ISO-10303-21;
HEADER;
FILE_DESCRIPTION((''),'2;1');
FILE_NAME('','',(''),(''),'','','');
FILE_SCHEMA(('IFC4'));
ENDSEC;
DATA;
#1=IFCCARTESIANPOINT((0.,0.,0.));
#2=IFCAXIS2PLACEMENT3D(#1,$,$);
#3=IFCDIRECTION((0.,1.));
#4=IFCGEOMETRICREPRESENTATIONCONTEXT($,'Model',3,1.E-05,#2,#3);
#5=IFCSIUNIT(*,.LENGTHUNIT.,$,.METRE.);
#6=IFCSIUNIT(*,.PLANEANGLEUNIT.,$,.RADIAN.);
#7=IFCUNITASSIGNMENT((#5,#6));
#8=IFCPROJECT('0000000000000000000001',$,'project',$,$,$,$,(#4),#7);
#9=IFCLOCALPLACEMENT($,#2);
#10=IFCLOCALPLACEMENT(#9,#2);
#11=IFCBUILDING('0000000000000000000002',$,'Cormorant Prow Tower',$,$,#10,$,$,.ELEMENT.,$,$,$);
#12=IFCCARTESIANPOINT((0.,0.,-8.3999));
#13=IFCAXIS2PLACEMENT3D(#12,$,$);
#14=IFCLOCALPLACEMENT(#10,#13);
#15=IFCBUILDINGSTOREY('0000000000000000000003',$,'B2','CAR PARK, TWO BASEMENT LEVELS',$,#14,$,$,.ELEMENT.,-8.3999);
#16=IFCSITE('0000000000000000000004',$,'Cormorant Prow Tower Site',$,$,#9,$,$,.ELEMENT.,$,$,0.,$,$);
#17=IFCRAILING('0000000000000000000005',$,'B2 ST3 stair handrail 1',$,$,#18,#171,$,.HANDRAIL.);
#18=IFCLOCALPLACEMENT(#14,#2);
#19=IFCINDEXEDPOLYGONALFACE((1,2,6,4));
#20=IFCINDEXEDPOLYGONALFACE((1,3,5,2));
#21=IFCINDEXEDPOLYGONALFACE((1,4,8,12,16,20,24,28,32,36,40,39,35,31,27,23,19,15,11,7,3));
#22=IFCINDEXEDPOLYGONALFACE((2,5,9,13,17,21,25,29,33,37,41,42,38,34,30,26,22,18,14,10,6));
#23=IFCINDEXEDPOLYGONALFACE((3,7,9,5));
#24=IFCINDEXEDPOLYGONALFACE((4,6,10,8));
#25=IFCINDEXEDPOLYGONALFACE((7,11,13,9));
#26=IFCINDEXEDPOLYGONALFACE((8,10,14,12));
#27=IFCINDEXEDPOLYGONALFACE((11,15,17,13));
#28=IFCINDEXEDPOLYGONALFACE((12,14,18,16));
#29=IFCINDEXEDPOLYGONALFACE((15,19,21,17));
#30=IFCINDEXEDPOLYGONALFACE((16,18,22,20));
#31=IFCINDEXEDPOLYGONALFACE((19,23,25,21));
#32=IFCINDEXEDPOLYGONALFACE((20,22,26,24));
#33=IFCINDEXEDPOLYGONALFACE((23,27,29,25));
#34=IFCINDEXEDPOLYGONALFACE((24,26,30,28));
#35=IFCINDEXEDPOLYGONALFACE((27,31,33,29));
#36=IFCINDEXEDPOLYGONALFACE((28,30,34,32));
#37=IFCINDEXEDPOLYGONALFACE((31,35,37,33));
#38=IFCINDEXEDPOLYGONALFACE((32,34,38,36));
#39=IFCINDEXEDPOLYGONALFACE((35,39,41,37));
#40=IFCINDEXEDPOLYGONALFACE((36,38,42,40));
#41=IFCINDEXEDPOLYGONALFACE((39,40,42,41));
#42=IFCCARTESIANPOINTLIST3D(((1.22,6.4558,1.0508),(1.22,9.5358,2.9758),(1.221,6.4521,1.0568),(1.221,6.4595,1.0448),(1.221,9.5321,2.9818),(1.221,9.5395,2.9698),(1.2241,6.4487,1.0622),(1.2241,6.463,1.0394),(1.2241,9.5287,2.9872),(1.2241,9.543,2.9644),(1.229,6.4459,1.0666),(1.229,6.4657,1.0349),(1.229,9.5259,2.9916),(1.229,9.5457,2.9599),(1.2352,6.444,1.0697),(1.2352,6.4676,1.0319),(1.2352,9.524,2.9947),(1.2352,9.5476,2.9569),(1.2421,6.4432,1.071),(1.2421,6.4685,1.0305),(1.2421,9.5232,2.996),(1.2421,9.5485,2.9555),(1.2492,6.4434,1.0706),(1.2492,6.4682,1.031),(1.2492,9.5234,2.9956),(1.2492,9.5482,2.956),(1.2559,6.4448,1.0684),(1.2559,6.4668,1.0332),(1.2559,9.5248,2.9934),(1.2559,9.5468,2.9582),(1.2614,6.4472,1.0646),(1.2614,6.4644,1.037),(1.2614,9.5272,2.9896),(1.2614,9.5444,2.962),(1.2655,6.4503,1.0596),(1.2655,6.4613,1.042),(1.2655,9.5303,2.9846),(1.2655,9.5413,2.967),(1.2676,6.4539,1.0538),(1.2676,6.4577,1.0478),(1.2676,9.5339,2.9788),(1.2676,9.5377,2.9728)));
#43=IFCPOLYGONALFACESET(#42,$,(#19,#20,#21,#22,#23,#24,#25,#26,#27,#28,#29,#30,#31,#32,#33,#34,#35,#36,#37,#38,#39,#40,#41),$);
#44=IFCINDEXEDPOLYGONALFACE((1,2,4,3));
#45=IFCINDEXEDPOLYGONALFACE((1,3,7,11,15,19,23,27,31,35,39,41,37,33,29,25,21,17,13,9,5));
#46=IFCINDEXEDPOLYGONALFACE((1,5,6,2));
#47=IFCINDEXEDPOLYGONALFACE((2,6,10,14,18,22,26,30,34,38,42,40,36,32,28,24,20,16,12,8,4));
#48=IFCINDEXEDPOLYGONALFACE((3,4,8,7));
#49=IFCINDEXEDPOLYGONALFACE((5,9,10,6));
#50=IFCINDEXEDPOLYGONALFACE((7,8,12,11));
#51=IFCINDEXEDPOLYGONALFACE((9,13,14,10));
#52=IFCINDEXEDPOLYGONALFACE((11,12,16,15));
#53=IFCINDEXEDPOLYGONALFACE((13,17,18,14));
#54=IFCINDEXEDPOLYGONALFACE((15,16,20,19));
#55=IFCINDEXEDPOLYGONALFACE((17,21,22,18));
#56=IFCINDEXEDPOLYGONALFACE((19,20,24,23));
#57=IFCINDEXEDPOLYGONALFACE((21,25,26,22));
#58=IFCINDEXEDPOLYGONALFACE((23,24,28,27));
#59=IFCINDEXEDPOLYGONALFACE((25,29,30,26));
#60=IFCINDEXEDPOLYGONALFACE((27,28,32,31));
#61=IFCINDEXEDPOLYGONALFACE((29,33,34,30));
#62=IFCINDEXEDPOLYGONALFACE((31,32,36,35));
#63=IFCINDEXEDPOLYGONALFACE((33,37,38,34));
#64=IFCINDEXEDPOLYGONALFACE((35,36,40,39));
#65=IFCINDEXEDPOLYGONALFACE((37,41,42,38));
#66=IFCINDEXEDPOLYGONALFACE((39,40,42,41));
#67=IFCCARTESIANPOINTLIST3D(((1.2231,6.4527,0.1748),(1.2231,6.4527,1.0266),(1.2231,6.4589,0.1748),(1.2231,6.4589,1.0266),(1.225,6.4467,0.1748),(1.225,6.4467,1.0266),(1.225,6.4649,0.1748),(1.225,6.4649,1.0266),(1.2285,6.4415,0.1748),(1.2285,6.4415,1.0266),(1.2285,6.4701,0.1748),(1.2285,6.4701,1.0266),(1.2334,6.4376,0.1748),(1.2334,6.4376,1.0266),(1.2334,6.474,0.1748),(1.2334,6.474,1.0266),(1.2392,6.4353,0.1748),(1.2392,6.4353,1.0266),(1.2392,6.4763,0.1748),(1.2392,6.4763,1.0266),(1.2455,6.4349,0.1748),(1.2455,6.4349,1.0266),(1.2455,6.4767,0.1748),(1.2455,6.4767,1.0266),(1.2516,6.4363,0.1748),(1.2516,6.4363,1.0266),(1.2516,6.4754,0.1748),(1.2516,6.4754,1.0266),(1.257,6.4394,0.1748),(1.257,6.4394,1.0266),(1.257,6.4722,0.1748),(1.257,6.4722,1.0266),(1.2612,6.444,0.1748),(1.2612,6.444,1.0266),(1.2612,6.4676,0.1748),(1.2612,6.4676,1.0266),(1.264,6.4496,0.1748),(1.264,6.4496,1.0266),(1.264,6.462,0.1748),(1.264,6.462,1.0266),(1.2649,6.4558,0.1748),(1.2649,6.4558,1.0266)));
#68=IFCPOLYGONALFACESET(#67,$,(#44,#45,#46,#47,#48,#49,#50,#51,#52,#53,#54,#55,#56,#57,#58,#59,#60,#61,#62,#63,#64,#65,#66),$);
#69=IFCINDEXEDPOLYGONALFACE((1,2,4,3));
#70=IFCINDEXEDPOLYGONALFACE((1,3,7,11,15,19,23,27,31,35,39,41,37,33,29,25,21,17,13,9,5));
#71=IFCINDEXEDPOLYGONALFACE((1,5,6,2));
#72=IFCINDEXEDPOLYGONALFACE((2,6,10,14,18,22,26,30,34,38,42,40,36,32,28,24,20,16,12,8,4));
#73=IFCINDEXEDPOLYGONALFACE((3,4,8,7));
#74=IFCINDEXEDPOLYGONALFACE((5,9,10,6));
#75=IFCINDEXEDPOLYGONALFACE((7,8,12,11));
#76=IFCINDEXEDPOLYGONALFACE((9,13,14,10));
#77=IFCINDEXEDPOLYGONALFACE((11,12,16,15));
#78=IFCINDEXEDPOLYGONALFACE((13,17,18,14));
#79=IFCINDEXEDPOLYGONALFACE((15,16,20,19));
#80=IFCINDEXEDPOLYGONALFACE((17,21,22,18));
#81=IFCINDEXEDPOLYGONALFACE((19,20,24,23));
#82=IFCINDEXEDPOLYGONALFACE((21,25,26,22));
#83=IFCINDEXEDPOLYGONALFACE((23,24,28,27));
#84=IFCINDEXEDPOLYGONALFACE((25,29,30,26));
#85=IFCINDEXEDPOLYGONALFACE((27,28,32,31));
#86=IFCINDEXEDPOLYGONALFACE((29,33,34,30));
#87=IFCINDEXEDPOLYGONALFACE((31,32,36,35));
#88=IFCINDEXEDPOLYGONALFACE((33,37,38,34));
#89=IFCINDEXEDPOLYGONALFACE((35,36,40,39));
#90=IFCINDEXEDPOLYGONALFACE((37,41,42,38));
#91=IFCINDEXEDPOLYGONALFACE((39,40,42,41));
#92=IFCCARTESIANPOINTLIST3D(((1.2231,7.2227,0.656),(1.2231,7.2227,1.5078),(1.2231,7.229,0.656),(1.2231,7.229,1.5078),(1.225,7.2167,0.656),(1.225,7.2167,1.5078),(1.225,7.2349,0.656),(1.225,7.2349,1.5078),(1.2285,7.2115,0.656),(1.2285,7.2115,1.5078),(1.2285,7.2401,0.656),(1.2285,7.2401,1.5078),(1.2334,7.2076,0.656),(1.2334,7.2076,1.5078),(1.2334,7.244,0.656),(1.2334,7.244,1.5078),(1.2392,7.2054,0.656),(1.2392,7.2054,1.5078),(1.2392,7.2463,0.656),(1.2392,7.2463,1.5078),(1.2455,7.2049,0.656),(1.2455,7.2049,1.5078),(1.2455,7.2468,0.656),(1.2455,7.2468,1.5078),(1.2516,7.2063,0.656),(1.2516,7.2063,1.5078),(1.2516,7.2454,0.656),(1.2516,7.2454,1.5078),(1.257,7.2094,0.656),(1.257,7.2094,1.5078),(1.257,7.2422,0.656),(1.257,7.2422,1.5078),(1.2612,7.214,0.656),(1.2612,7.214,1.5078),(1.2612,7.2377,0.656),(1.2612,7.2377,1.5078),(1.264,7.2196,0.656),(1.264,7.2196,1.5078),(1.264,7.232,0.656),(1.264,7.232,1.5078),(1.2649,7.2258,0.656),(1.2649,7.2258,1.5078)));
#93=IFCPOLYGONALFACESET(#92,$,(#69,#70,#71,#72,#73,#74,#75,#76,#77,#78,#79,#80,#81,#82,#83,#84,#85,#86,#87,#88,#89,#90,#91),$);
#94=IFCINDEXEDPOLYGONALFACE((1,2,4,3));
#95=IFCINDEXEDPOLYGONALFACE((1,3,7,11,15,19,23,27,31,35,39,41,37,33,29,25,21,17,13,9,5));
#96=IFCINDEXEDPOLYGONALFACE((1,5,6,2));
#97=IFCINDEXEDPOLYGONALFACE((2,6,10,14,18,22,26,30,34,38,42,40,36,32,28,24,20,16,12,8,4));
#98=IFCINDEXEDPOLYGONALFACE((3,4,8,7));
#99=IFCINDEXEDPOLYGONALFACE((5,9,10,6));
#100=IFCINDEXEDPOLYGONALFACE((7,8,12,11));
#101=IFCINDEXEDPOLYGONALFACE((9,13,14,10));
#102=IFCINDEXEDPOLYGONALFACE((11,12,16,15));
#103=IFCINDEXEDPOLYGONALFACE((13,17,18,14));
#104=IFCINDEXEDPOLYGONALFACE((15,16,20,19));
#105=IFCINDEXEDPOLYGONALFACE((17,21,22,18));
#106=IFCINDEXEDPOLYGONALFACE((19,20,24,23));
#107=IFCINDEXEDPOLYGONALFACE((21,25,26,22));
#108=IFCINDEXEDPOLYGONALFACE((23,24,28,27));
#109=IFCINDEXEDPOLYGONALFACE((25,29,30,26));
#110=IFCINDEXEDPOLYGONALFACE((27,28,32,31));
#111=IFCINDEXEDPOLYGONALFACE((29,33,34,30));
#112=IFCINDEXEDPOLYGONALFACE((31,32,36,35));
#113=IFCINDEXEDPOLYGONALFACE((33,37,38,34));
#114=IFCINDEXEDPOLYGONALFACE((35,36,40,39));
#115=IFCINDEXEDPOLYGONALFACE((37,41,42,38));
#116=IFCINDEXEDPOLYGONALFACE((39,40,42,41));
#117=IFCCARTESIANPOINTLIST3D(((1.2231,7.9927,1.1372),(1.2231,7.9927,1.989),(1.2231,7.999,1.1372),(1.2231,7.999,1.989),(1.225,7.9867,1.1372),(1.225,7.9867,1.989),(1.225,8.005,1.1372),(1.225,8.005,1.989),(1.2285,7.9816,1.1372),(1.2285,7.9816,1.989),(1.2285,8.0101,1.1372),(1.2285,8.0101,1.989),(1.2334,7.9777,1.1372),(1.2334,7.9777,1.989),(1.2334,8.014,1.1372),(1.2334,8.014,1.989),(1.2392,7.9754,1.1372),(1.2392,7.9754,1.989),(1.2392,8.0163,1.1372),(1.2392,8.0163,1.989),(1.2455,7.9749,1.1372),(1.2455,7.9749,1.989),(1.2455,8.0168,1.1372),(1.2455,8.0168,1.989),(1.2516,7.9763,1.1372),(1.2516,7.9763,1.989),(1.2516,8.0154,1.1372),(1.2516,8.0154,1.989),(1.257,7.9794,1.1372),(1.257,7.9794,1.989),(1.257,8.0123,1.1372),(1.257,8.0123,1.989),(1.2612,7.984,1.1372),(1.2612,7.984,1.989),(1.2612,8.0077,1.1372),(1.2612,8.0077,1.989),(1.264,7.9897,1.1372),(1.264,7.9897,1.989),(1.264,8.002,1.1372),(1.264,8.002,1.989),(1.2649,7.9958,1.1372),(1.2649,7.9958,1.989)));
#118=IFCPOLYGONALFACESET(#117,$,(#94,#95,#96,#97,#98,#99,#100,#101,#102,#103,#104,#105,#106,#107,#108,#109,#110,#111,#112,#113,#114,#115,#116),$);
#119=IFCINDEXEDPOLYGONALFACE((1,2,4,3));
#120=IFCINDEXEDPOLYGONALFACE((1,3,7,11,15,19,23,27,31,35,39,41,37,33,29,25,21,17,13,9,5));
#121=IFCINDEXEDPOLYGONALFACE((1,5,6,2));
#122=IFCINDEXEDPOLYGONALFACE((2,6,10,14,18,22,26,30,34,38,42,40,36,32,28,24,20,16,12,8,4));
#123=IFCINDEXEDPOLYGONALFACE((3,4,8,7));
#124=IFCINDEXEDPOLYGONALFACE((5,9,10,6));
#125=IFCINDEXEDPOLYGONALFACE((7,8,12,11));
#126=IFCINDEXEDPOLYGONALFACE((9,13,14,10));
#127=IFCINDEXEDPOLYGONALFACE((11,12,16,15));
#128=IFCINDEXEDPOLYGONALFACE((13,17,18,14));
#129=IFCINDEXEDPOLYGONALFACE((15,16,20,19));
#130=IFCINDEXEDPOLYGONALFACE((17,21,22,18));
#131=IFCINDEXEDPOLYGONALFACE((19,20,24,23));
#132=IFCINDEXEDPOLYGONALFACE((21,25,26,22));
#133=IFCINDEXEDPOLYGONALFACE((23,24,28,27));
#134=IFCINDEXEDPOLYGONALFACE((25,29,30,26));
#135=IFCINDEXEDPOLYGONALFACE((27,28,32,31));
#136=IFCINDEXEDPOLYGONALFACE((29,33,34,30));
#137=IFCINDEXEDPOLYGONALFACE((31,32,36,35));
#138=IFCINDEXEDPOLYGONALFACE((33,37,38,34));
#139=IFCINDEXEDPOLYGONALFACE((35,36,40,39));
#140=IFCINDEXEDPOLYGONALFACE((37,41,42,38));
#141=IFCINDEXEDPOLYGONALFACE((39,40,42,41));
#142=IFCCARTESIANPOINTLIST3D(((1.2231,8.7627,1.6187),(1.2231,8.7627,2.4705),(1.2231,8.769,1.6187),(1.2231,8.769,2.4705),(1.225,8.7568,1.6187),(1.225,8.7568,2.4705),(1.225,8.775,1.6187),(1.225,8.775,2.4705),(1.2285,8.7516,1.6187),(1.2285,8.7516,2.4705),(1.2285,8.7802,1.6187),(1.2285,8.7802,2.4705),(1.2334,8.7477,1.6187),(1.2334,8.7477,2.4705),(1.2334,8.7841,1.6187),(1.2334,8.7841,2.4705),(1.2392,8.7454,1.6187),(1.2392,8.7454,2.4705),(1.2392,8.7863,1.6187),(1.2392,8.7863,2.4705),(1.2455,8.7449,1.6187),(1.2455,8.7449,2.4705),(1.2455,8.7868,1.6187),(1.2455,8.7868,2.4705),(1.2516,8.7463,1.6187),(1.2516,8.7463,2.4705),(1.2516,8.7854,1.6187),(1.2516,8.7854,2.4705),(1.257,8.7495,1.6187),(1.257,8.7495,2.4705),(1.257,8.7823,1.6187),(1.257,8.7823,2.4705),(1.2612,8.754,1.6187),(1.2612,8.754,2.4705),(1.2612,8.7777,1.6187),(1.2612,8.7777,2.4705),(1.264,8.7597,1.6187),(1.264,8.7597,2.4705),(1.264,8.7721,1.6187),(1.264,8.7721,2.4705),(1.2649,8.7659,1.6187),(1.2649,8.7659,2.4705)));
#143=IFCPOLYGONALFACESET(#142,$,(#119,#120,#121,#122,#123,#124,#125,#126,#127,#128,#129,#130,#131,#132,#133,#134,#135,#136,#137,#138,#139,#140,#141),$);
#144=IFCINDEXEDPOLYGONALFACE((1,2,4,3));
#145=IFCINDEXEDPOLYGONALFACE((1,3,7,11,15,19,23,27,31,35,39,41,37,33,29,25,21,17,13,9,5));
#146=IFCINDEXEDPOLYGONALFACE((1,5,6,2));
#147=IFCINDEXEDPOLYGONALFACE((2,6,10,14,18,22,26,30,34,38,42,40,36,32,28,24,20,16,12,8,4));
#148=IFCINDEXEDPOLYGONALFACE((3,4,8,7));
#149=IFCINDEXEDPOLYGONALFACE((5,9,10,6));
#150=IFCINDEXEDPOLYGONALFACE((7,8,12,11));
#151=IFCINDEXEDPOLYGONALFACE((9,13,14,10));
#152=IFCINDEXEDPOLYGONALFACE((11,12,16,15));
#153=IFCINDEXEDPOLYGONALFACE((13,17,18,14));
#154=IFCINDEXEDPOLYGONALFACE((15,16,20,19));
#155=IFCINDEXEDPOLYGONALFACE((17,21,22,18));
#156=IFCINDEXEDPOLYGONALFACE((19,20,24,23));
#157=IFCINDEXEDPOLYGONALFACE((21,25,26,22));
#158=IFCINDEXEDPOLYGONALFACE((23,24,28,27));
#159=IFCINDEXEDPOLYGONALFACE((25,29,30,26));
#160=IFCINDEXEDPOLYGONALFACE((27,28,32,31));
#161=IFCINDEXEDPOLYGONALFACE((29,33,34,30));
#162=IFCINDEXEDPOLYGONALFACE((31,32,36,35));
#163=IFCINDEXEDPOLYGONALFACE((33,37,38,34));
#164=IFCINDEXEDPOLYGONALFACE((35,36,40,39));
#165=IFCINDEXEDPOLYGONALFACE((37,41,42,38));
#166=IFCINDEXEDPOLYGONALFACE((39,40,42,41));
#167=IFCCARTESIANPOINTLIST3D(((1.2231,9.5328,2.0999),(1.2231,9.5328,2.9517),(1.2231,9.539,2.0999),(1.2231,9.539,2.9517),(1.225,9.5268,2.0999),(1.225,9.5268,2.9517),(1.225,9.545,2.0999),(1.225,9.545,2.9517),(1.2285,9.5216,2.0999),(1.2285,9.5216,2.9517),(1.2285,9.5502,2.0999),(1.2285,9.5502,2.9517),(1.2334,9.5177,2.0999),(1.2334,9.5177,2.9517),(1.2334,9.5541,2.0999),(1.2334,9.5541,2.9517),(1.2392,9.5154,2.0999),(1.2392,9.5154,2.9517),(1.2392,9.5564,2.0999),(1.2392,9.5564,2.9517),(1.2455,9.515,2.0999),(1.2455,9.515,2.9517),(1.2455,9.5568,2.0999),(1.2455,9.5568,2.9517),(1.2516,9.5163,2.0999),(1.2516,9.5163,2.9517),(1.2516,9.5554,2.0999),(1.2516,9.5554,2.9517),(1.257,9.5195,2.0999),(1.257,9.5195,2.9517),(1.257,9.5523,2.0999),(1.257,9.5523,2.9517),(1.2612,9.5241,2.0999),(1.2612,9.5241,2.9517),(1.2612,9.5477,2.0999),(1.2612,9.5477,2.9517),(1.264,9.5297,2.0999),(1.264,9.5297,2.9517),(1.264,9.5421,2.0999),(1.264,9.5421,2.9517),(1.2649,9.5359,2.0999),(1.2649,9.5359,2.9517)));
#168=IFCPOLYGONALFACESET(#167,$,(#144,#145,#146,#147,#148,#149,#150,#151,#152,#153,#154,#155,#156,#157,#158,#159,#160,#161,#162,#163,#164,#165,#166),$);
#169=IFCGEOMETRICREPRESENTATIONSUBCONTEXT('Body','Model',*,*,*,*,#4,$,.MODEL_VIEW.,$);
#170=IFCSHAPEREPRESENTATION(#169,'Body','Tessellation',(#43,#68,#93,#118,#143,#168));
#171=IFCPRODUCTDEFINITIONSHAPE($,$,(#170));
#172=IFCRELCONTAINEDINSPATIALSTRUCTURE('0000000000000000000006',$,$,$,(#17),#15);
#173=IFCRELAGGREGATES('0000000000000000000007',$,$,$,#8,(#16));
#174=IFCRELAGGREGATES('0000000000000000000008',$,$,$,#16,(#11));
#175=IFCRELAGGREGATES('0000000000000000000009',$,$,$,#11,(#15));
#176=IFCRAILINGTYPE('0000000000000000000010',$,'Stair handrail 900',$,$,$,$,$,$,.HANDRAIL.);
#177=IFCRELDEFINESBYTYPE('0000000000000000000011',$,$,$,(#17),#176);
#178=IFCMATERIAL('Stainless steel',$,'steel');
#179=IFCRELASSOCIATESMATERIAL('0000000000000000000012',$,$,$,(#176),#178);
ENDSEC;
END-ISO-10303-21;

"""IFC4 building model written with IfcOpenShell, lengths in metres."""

from ifc_helpers import new_model, si_unit, direction, frame, origin, origin_2d, place, context, subcontext, project, spatial, circle, extrude, material, type_object, element, save


model = new_model("IFC4")

# Units and contexts
model_context = context("Model", 3, precision=1e-05, world=origin(), true_north=direction((0.0, 1.0)))
body_context = subcontext(model_context, "Body", "Model", "MODEL_VIEW")
ifc_project = project(units=[si_unit("LENGTHUNIT", "METRE"), si_unit("PLANEANGLEUNIT", "RADIAN")], contexts=[model_context])

# Site, building, storey
site_placement = place(None, origin())
site = spatial("IfcSite", under=ifc_project, at=site_placement, Name="Cormorant Prow Tower Site", CompositionType="ELEMENT", RefElevation=0.0)
building_placement = place(site_placement, origin())
building = spatial("IfcBuilding", under=site, at=building_placement, Name="Cormorant Prow Tower", CompositionType="ELEMENT")
storey_placement = place(building_placement, frame((0.0, 0.0, -8.3999)))
storey = spatial("IfcBuildingStorey", under=building, at=storey_placement, Name="B2", Description="CAR PARK, TWO BASEMENT LEVELS", CompositionType="ELEMENT", Elevation=-8.3999)

# Railing
ifc_material_1 = material(Name="Stainless steel", Category="steel")
railing_type = type_object("IfcRailingType", Name="Stair handrail 900", PredefinedType="HANDRAIL", material=ifc_material_1)
railing_placement = place(storey_placement, frame((1.2439, 6.4558, 0.1748)))
element("IfcRailing", 1, at=railing_placement, inside=storey, type_object=railing_type, Name="B2 ST3 stair handrail 1", PredefinedType="HANDRAIL", context=body_context, shape_type="SweptSolid", body=[
    extrude(circle(Radius=0.0239, at=origin_2d()), frame((0.0, 0.0, 0.876), z_axis=(0.0, 0.847998, 0.529999), x_axis=(-1.0, 0.0, 0.0)), (0.0, 0.0, 1.0), 3.6321),
    extrude(circle(Radius=0.021, at=origin_2d()), origin(), (0.0, 0.0, 1.0), 0.8518),
    extrude(circle(Radius=0.021, at=origin_2d()), frame((0.0, 0.77, 0.4812)), (0.0, 0.0, 1.0), 0.8518),
    extrude(circle(Radius=0.021, at=origin_2d()), frame((0.0, 1.54, 0.9624)), (0.0, 0.0, 1.0), 0.8518),
    extrude(circle(Radius=0.021, at=origin_2d()), frame((0.0, 2.3101, 1.4438)), (0.0, 0.0, 1.0), 0.8518),
    extrude(circle(Radius=0.021, at=origin_2d()), frame((0.0, 3.0801, 1.925)), (0.0, 0.0, 1.0), 0.8518),
])

save(model, "model.ifc")
